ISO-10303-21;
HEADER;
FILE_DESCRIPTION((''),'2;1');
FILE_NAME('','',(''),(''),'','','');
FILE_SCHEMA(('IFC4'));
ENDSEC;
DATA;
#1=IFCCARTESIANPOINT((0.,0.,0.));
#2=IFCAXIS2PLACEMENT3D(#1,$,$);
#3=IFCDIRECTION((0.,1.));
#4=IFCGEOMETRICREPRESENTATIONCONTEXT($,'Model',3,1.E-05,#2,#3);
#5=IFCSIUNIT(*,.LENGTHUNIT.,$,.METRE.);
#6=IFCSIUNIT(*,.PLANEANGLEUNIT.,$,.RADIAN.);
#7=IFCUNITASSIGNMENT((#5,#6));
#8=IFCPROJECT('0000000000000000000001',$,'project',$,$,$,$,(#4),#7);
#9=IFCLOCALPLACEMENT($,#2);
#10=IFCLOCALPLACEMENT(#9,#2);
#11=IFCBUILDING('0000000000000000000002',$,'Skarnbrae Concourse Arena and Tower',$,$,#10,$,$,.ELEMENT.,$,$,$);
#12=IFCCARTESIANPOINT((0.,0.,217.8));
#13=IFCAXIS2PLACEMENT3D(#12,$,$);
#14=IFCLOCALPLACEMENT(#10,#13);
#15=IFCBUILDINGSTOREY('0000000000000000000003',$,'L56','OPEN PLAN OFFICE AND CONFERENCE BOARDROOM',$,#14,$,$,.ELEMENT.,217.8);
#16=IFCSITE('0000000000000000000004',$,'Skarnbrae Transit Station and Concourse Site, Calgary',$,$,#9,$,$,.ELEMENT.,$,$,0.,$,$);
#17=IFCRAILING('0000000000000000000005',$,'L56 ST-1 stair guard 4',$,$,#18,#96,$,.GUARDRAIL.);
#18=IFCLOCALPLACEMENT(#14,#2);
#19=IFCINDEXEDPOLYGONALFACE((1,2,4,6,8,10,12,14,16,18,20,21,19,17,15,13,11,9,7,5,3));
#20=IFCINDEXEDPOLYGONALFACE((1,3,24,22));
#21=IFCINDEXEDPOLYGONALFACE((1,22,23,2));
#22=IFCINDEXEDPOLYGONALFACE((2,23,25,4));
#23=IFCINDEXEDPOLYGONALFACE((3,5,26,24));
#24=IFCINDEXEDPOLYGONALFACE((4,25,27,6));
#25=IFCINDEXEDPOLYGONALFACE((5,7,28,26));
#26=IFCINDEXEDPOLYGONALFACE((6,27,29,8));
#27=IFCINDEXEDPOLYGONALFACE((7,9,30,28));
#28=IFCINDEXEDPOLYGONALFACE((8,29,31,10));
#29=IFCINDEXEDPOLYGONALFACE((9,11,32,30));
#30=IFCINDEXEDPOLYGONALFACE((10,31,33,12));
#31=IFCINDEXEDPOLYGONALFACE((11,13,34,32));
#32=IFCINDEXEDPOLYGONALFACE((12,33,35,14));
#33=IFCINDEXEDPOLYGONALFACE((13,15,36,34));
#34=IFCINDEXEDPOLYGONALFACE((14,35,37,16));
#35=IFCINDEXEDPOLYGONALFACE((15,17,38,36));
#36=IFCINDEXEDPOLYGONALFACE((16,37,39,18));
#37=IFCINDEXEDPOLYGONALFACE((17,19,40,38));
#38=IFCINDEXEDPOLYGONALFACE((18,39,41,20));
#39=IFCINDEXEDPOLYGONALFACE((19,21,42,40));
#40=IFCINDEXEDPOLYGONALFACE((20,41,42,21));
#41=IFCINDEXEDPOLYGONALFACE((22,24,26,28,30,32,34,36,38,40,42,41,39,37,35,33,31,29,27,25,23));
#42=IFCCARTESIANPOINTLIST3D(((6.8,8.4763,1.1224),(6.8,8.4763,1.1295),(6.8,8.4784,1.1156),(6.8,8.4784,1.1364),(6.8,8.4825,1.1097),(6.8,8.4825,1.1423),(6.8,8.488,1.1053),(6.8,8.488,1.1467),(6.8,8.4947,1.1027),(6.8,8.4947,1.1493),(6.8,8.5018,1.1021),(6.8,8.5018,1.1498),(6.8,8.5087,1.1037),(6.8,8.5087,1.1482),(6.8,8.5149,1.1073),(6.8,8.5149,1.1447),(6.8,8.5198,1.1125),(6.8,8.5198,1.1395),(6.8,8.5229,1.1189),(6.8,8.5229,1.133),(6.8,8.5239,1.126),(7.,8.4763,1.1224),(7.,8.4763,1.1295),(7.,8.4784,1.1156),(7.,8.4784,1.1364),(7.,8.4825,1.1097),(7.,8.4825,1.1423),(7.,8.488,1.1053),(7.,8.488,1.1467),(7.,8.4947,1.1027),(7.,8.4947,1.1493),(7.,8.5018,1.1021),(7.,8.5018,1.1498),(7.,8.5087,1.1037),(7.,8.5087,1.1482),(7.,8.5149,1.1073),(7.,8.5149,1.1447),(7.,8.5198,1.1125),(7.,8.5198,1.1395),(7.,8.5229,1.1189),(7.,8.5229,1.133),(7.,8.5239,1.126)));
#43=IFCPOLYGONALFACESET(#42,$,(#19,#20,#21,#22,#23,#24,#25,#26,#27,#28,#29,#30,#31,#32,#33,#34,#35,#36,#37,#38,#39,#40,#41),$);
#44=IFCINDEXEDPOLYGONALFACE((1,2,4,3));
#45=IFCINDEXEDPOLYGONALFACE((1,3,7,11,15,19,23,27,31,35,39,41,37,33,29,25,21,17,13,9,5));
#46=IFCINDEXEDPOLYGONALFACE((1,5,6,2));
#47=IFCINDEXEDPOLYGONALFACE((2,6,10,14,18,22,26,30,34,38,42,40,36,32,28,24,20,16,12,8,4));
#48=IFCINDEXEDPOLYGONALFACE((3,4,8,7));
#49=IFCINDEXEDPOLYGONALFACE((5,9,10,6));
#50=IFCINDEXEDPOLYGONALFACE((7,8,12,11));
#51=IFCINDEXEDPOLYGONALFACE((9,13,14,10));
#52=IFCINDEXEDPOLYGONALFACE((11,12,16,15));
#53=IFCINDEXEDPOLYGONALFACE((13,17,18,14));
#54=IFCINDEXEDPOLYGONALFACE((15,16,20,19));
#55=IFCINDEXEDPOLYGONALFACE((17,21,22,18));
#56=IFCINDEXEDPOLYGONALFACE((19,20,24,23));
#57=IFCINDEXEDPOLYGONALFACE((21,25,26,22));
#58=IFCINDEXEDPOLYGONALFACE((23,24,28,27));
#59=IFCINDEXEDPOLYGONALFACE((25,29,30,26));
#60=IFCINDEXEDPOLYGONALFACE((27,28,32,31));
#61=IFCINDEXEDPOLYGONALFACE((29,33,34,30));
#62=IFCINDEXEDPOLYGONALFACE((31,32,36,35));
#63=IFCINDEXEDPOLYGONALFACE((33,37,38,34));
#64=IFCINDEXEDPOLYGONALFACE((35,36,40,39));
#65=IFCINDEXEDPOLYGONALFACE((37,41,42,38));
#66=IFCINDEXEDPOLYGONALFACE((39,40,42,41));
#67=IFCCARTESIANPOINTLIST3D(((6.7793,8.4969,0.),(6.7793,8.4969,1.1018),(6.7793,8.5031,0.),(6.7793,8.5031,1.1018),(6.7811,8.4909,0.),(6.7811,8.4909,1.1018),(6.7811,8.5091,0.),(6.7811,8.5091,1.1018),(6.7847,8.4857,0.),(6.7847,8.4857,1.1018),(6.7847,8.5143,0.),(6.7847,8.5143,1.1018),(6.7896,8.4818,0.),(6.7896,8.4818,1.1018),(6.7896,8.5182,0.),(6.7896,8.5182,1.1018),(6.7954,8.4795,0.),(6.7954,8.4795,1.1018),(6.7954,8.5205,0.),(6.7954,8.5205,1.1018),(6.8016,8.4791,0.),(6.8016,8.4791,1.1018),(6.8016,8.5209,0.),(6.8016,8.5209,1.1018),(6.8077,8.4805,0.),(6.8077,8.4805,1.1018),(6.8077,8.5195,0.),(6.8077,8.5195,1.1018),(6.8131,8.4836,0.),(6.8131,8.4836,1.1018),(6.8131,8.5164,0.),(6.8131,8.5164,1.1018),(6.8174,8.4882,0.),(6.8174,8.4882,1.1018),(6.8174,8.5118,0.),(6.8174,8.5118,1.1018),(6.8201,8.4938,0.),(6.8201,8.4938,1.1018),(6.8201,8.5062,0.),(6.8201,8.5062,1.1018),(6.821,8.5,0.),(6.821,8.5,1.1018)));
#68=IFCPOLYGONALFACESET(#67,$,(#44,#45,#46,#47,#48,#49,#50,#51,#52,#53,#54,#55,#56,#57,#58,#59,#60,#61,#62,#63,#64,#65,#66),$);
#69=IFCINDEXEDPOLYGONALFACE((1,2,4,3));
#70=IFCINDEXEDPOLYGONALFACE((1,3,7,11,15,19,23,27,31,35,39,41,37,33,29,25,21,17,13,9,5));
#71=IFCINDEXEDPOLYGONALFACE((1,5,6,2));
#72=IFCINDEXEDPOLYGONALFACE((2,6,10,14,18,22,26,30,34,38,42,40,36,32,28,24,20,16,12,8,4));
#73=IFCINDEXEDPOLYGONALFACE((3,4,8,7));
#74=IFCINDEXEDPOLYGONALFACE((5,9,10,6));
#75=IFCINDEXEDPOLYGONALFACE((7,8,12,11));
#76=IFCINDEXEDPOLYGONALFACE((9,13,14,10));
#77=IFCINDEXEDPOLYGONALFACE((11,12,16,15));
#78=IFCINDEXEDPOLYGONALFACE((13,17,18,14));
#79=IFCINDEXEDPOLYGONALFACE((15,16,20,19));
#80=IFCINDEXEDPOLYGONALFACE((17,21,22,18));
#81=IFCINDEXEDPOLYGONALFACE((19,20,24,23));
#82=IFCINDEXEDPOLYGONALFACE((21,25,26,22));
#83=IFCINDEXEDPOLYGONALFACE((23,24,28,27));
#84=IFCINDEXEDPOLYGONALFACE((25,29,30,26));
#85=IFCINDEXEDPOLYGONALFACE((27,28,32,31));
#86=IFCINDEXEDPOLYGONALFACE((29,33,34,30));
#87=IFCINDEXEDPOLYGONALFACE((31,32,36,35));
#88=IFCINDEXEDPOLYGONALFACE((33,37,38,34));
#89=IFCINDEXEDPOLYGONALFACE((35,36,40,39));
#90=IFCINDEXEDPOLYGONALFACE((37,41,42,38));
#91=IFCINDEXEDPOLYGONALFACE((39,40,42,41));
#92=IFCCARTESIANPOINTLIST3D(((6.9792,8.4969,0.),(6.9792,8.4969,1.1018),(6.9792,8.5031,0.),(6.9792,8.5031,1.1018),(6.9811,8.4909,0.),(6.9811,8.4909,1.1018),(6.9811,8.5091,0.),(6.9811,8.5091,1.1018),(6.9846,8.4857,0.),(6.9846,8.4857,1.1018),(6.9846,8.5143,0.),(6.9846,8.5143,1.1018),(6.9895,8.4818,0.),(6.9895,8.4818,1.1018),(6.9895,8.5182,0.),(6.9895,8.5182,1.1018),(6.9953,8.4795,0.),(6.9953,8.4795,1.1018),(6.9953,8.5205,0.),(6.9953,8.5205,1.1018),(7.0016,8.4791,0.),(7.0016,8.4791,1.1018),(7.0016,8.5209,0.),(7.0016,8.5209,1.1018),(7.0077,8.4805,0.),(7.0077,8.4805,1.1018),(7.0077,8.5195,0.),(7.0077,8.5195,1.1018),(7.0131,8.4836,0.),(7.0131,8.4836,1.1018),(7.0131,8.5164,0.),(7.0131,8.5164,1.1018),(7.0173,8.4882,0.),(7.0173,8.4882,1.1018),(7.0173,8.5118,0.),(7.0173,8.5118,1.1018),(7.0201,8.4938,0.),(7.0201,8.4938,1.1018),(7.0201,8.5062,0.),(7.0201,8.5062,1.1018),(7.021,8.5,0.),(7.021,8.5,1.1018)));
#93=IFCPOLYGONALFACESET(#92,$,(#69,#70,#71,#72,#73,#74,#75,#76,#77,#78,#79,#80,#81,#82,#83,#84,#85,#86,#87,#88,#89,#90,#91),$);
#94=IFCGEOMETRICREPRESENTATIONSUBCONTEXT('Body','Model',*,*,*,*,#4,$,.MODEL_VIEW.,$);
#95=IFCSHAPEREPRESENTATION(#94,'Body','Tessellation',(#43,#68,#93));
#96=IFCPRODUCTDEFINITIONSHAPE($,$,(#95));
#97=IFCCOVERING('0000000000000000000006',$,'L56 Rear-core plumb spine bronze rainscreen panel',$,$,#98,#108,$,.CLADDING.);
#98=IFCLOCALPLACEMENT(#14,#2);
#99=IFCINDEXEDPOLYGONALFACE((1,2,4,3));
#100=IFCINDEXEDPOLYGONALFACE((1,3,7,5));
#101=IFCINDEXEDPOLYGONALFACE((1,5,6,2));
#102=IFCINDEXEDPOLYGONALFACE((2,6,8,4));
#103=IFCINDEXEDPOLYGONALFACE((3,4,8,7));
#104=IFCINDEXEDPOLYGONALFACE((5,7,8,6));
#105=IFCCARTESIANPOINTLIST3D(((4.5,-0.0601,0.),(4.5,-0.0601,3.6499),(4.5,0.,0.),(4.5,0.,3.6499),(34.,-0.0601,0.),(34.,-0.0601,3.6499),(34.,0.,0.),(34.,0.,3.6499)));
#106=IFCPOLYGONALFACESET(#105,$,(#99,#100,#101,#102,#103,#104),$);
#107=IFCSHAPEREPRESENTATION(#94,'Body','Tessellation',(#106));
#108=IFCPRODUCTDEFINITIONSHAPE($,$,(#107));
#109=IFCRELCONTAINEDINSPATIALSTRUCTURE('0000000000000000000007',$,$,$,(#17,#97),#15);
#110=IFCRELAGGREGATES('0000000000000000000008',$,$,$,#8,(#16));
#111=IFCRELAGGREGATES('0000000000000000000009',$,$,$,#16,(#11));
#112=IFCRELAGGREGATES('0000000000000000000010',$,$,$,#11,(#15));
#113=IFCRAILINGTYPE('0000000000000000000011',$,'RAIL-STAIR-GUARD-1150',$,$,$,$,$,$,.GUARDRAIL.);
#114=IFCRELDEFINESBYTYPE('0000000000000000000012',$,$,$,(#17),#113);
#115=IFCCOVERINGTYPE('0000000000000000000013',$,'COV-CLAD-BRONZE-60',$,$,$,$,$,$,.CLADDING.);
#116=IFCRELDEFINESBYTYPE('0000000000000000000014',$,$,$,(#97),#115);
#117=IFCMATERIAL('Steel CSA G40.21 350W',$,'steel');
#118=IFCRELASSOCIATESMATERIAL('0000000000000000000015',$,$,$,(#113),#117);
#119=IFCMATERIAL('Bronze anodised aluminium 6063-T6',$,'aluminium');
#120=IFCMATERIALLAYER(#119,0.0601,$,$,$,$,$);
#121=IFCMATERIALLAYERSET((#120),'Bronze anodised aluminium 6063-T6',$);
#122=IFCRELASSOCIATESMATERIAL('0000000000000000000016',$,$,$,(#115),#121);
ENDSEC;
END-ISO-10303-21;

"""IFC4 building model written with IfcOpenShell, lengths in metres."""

from ifc_helpers import new_model, si_unit, direction, frame, origin, origin_2d, place, context, subcontext, project, spatial, rectangle, circle, extrude, source, transform, mapped, material, layer, layer_set, type_object, element, save


model = new_model("IFC4")

# Units and contexts
model_context = context("Model", 3, precision=1e-05, world=origin(), true_north=direction((0.0, 1.0)))
body_context = subcontext(model_context, "Body", "Model", "MODEL_VIEW")
ifc_project = project(units=[si_unit("LENGTHUNIT", "METRE"), si_unit("PLANEANGLEUNIT", "RADIAN")], contexts=[model_context])

# Site, building, storey
site_placement = place(None, origin())
site = spatial("IfcSite", under=ifc_project, at=site_placement, Name="Skarnbrae Transit Station and Concourse Site, Calgary", CompositionType="ELEMENT", RefElevation=0.0)
building_placement = place(site_placement, origin())
building = spatial("IfcBuilding", under=site, at=building_placement, Name="Skarnbrae Concourse Arena and Tower", CompositionType="ELEMENT")
storey_placement = place(building_placement, frame((0.0, 0.0, 217.8)))
storey = spatial("IfcBuildingStorey", under=building, at=storey_placement, Name="L56", Description="OPEN PLAN OFFICE AND CONFERENCE BOARDROOM", CompositionType="ELEMENT", Elevation=217.8)

# Shared definitions
ifc_material_1 = material(Name="Steel CSA G40.21 350W", Category="steel")

# Railing
railing_type_1 = type_object("IfcRailingType", Name="RAIL-STAIR-GUARD-1150", PredefinedType="GUARDRAIL", material=ifc_material_1)
railing_1_placement = place(storey_placement, frame((6.8, 8.5, 0.0)))
element("IfcRailing", 1, at=railing_1_placement, inside=storey, type_object=railing_type_1, Name="L56 ST-1 stair guard 4", PredefinedType="GUARDRAIL", context=body_context, shape_type="SweptSolid", body=[
    extrude(circle(Radius=0.0239, at=origin_2d()), frame((0.0, 0.0, 1.126), z_axis=(1.0, 0.0, 0.0), x_axis=(0.0, 1.0, 0.0)), (0.0, 0.0, 1.0), 0.2),
    extrude(circle(Radius=0.021, at=origin_2d()), origin(), (0.0, 0.0, 1.0), 1.1018),
    extrude(circle(Radius=0.021, at=origin_2d()), frame((0.2, 0.0, 0.0)), (0.0, 0.0, 1.0), 1.1018),
])

# Covering
ifc_material_2 = material(Name="Bronze anodised aluminium 6063-T6", Category="aluminium")
ifc_layer_1 = layer(ifc_material_2, 0.0601)
ifc_layer_set_1 = layer_set([ifc_layer_1], Name="Bronze anodised aluminium 6063-T6")
covering_type = type_object("IfcCoveringType", Name="COV-CLAD-BRONZE-60", PredefinedType="CLADDING", material=ifc_layer_set_1)
shared_shape_1 = source(origin(), body_context, "Body", "SweptSolid", [
    extrude(rectangle(XDim=29.5, YDim=0.0601, at=origin_2d()), origin(), (0.0, 0.0, 1.0), 3.6499),
])
covering_placement = place(storey_placement, frame((19.25, -0.03, 0.0), z_axis=(0.0, 0.0, 1.0), x_axis=(1.0, 0.0, 0.0)))
element("IfcCovering", 2, at=covering_placement, inside=storey, type_object=covering_type, Name="L56 Rear-core plumb spine bronze rainscreen panel", PredefinedType="CLADDING", context=body_context, shape_type="MappedRepresentation", body=[
    mapped(shared_shape_1, transform((0.0, 0.0, 0.0))),
])

save(model, "model.ifc")
